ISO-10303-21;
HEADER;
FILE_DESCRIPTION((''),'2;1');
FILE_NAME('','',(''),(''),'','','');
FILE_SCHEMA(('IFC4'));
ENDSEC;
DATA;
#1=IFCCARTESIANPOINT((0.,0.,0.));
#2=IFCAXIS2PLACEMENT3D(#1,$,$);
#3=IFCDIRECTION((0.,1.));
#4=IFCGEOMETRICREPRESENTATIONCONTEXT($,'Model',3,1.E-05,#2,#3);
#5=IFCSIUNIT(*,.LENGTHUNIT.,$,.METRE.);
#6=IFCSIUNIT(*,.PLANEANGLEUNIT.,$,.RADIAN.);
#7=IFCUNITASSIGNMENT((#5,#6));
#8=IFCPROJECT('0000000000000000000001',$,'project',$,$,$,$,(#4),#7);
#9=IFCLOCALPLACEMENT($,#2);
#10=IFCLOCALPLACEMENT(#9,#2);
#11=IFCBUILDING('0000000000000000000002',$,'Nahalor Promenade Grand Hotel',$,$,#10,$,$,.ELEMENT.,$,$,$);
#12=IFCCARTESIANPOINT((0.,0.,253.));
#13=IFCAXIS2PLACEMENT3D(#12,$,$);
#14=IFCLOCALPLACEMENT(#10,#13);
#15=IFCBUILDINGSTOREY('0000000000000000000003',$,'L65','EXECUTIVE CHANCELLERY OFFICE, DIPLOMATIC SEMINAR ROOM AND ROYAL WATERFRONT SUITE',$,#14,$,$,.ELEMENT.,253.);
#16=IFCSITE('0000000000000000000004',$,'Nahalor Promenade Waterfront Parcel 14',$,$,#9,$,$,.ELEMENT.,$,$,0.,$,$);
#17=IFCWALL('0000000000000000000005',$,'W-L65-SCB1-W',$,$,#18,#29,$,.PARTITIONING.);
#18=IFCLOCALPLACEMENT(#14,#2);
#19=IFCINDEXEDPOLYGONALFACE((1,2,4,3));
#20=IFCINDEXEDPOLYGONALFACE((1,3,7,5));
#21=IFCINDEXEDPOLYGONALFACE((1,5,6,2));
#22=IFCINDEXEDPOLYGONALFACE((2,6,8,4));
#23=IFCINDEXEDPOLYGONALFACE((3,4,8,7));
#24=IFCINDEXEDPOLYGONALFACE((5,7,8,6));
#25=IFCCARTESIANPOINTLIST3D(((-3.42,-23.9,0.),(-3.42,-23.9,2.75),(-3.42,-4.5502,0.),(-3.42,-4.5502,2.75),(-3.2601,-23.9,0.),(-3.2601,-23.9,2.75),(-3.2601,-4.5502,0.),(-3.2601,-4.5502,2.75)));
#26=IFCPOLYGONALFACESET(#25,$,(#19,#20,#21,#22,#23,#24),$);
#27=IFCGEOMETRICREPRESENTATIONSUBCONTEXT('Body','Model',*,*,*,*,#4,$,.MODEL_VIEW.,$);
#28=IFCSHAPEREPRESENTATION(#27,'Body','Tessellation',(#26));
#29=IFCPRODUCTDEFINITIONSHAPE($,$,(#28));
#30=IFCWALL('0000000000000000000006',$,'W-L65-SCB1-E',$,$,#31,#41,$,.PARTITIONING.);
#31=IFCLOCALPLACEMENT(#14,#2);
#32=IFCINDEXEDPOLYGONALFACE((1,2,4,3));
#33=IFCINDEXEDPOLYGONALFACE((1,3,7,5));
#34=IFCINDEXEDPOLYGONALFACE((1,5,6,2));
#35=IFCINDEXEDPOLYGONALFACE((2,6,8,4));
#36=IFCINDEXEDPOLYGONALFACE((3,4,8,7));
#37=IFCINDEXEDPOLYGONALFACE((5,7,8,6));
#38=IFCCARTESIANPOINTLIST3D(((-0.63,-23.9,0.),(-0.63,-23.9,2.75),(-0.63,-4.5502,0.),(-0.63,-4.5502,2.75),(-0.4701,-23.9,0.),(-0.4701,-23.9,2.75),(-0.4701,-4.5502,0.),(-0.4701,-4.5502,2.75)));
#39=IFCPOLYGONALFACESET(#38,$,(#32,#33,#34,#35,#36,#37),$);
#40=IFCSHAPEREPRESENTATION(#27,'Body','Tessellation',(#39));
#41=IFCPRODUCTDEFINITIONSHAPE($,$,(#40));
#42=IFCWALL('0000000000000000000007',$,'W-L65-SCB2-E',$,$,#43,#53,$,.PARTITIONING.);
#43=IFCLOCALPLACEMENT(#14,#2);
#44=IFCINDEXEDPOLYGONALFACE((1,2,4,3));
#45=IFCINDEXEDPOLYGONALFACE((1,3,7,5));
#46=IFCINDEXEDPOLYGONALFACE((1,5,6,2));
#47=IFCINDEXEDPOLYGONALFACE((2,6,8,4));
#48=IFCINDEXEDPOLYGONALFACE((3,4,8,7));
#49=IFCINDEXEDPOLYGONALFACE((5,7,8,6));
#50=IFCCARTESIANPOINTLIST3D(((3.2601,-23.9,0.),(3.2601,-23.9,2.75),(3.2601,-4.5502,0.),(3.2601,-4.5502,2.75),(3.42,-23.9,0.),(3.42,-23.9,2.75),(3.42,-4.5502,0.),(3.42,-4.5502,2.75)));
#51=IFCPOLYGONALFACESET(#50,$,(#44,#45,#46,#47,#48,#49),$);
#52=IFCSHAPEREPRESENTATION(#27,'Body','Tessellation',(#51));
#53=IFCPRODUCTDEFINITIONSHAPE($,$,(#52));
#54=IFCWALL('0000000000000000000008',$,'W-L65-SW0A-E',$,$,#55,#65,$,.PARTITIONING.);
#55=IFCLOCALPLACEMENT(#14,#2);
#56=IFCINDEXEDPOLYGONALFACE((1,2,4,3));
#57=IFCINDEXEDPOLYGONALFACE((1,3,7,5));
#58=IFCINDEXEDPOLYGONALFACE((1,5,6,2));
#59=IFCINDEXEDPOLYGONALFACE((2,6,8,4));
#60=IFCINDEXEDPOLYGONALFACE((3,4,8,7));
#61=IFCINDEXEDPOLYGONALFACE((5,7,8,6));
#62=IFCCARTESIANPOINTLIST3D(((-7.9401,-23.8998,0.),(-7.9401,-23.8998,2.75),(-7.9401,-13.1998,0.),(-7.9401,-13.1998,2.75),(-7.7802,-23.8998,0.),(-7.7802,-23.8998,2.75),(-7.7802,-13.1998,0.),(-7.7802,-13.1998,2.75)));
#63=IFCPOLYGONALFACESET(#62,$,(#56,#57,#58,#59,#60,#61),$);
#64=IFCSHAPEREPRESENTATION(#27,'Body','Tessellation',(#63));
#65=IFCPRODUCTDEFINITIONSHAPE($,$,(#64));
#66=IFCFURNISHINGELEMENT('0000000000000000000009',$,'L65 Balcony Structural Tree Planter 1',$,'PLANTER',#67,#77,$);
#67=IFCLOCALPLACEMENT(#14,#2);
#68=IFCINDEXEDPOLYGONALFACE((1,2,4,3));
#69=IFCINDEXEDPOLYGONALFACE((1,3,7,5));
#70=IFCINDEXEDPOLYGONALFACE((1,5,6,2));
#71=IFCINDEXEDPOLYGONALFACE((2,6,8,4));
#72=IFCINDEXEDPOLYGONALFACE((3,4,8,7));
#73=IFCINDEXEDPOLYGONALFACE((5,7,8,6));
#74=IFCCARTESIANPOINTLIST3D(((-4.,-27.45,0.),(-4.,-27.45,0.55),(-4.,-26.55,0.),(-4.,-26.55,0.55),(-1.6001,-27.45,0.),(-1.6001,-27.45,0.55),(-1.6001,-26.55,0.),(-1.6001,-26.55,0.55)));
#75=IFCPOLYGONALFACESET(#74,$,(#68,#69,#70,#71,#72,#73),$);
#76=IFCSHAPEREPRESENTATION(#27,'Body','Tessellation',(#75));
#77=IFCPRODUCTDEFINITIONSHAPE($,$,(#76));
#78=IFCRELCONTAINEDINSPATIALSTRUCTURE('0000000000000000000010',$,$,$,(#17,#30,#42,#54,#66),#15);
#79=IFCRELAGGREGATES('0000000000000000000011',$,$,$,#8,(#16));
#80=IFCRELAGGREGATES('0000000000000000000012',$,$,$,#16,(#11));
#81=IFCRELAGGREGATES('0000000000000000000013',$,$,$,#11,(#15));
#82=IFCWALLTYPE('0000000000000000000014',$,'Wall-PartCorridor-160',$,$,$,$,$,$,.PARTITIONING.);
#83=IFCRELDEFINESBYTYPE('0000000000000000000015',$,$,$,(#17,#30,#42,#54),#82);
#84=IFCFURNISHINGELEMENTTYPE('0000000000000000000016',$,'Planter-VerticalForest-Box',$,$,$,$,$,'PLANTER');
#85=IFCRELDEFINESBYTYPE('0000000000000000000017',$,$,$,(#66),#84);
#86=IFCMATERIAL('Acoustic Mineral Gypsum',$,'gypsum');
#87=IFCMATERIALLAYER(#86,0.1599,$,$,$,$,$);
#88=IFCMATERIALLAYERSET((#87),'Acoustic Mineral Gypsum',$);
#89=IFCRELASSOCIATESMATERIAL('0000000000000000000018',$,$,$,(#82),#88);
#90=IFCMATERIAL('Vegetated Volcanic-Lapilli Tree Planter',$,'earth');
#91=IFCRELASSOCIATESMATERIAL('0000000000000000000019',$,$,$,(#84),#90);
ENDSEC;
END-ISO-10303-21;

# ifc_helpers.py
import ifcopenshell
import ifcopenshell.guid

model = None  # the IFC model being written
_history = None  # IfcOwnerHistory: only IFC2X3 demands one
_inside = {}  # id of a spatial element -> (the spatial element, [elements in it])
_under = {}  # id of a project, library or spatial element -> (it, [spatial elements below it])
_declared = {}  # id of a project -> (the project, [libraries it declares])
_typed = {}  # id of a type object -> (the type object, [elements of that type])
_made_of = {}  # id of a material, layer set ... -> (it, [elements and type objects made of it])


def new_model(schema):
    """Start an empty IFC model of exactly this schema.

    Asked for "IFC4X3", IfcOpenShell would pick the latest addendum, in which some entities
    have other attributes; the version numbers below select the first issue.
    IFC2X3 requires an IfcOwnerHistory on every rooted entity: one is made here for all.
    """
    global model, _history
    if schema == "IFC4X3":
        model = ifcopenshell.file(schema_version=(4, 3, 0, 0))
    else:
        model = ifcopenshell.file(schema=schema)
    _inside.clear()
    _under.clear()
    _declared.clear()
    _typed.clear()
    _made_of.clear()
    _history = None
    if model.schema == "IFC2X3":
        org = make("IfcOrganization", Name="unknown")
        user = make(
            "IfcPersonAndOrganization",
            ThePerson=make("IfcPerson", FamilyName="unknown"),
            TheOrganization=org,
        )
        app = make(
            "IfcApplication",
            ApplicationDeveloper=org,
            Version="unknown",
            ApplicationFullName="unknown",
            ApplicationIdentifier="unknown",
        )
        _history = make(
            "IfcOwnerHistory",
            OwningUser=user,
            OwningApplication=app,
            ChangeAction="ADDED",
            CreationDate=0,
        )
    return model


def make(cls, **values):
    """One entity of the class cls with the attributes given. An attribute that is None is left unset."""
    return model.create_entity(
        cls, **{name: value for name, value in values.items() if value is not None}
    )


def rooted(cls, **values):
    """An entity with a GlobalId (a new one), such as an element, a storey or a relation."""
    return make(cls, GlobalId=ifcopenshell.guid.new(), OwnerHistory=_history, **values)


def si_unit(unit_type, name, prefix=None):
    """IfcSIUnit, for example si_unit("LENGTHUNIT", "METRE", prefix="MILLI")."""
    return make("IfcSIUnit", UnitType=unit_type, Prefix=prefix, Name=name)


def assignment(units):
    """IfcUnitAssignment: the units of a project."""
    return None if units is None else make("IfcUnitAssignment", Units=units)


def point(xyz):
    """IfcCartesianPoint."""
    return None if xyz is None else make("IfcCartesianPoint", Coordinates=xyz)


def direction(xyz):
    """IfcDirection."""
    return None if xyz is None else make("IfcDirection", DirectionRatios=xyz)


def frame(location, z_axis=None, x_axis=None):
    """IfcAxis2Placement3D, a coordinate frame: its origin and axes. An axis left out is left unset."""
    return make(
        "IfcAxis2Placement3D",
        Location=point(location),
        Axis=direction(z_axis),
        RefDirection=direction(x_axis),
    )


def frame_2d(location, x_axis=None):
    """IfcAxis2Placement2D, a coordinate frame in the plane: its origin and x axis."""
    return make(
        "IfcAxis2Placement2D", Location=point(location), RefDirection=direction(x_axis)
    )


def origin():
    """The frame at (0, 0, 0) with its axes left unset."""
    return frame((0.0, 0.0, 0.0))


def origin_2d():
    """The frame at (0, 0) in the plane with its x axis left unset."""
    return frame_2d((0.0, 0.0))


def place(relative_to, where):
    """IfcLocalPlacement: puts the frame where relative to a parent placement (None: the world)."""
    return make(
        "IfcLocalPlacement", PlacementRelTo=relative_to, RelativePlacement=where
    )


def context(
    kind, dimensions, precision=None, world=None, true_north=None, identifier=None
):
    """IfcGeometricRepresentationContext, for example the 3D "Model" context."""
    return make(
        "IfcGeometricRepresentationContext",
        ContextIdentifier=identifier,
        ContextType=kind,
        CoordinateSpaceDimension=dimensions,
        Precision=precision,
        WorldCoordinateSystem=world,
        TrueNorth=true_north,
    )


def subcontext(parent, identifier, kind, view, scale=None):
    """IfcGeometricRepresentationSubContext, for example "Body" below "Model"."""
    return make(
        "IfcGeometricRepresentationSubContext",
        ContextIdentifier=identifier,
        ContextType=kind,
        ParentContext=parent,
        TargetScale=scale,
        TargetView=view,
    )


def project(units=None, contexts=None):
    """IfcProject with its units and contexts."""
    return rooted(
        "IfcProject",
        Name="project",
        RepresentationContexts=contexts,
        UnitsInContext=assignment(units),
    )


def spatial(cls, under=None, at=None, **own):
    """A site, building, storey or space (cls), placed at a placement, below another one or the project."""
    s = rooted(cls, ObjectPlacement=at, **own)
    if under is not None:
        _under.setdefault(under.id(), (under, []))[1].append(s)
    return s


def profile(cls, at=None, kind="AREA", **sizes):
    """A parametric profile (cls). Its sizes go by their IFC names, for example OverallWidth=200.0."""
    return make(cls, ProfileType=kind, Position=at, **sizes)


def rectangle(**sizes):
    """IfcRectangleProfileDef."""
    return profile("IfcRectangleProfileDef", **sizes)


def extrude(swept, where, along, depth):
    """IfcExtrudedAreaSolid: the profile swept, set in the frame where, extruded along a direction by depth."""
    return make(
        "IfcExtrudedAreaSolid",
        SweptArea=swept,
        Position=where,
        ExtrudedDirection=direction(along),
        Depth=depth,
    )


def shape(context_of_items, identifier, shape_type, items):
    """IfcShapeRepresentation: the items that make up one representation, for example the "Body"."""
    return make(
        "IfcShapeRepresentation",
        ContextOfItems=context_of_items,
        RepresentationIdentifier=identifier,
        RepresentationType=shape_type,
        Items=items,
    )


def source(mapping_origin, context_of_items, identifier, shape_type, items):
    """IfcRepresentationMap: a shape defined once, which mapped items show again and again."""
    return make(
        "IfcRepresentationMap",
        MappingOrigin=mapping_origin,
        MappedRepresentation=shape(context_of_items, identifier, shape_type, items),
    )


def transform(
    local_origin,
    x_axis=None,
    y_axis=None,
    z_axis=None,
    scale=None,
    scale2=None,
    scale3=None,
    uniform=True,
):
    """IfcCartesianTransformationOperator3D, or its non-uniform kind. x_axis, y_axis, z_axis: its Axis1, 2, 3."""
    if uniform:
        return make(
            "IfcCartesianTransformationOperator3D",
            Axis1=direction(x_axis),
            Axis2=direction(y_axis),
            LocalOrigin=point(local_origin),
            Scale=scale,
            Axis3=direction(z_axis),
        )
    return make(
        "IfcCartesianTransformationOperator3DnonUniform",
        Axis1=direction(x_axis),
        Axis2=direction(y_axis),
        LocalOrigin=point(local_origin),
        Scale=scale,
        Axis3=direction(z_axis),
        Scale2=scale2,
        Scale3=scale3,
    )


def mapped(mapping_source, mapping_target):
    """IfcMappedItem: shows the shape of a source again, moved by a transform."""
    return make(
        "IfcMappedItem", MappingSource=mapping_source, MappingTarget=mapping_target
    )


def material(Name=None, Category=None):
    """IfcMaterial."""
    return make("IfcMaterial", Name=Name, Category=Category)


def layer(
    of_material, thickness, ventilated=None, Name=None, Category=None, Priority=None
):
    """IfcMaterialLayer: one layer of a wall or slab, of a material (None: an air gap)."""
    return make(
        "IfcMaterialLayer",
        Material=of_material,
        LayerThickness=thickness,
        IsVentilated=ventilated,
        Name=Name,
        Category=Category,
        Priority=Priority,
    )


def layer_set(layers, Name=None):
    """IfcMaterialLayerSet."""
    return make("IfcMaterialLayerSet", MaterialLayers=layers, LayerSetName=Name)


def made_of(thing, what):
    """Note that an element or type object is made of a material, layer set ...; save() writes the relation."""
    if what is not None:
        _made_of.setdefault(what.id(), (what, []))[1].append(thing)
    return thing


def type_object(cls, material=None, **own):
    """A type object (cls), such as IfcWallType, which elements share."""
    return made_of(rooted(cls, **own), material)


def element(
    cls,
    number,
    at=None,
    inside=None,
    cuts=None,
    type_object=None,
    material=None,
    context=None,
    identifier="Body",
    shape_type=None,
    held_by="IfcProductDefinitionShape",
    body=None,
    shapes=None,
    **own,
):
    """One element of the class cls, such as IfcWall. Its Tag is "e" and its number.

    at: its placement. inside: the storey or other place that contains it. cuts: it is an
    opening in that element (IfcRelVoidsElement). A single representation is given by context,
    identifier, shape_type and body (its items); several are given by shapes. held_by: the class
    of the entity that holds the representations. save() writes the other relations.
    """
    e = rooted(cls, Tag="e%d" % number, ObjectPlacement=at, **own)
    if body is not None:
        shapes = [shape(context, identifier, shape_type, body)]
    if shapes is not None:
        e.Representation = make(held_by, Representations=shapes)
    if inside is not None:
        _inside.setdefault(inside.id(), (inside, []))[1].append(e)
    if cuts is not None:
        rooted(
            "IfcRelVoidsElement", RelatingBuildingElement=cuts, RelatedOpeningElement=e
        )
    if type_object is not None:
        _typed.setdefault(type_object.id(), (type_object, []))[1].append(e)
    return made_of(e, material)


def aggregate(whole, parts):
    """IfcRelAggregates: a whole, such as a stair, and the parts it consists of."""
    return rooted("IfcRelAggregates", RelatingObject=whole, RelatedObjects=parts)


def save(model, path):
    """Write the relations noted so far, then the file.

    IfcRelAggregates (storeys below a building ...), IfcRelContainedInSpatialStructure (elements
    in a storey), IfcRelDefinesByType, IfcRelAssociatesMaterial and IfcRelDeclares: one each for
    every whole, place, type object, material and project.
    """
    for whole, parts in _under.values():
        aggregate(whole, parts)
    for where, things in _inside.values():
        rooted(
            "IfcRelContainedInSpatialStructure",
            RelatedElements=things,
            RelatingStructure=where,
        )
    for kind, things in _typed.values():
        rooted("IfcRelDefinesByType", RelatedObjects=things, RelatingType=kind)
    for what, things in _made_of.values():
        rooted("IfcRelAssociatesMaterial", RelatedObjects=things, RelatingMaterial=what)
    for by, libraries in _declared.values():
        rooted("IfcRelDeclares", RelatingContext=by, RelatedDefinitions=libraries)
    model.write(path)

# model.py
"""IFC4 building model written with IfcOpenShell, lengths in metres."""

from ifc_helpers import new_model, si_unit, direction, frame, frame_2d, origin, origin_2d, place, context, subcontext, project, spatial, rectangle, extrude, source, transform, mapped, material, layer, layer_set, type_object, element, save


model = new_model("IFC4")

# Units and contexts
model_context = context("Model", 3, precision=1e-05, world=origin(), true_north=direction((0.0, 1.0)))
body_context = subcontext(model_context, "Body", "Model", "MODEL_VIEW")
ifc_project = project(units=[si_unit("LENGTHUNIT", "METRE"), si_unit("PLANEANGLEUNIT", "RADIAN")], contexts=[model_context])

# Site, building, storey
site_placement = place(None, origin())
site = spatial("IfcSite", under=ifc_project, at=site_placement, Name="Nahalor Promenade Waterfront Parcel 14", CompositionType="ELEMENT", RefElevation=0.0)
building_placement = place(site_placement, origin())
building = spatial("IfcBuilding", under=site, at=building_placement, Name="Nahalor Promenade Grand Hotel", CompositionType="ELEMENT")
storey_placement = place(building_placement, frame((0.0, 0.0, 253.0)))
storey = spatial("IfcBuildingStorey", under=building, at=storey_placement, Name="L65", Description="EXECUTIVE CHANCELLERY OFFICE, DIPLOMATIC SEMINAR ROOM AND ROYAL WATERFRONT SUITE", CompositionType="ELEMENT", Elevation=253.0)

# Walls
ifc_material_1 = material(Name="Acoustic Mineral Gypsum", Category="gypsum")
ifc_layer = layer(ifc_material_1, 0.1599)
ifc_layer_set = layer_set([ifc_layer], Name="Acoustic Mineral Gypsum")
wall_type = type_object("IfcWallType", Name="Wall-PartCorridor-160", PredefinedType="PARTITIONING", material=ifc_layer_set)
shared_shape_1 = source(origin(), body_context, "Body", "SweptSolid", [
    extrude(rectangle(XDim=19.3499, YDim=0.1599, at=frame_2d((9.6748, 0.0))), origin(), (0.0, 0.0, 1.0), 2.75),
])
for number, where, z_axis, x_axis, name in (
    (1, (-3.3401, -23.8999, 0.0), (0.0, 0.0, 1.0), (0.0, 1.0, 0.0), "W-L65-SCB1-W"),
    (2, (-0.55, -23.8999, 0.0), (0.0, 0.0, 1.0), (0.0, 1.0, 0.0), "W-L65-SCB1-E"),
    (3, (3.3401, -23.8999, 0.0), (0.0, 0.0, 1.0), (0.0, 1.0, 0.0), "W-L65-SCB2-E"),
):
    element("IfcWall", number, at=place(storey_placement, frame(where, z_axis=z_axis, x_axis=x_axis)), inside=storey, type_object=wall_type, Name=name, PredefinedType="PARTITIONING", context=body_context, shape_type="MappedRepresentation", body=[
        mapped(shared_shape_1, transform((0.0, 0.0, 0.0), scale=1.0)),
    ])
shared_shape_2 = source(origin(), body_context, "Body", "SweptSolid", [
    extrude(rectangle(XDim=10.7, YDim=0.1599, at=frame_2d((5.3501, 0.0))), origin(), (0.0, 0.0, 1.0), 2.75),
])
wall_placement = place(storey_placement, frame((-7.8601, -23.8999, 0.0), z_axis=(0.0, 0.0, 1.0), x_axis=(0.0, 1.0, 0.0)))
element("IfcWall", 4, at=wall_placement, inside=storey, type_object=wall_type, Name="W-L65-SW0A-E", PredefinedType="PARTITIONING", context=body_context, shape_type="MappedRepresentation", body=[
    mapped(shared_shape_2, transform((0.0, 0.0, 0.0), scale=1.0)),
])

# Furnishing element
ifc_material_2 = material(Name="Vegetated Volcanic-Lapilli Tree Planter", Category="earth")
furnishing_element_type = type_object("IfcFurnishingElementType", Name="Planter-VerticalForest-Box", ElementType="PLANTER", material=ifc_material_2)
shared_shape_3 = source(origin(), body_context, "Body", "SweptSolid", [
    extrude(rectangle(XDim=2.3999, YDim=0.8999, at=origin_2d()), origin(), (0.0, 0.0, 1.0), 0.55),
])
furnishing_placement = place(storey_placement, frame((-2.8, -27.0, 0.0), z_axis=(0.0, 0.0, 1.0), x_axis=(1.0, 0.0, 0.0)))
element("IfcFurnishingElement", 5, at=furnishing_placement, inside=storey, type_object=furnishing_element_type, Name="L65 Balcony Structural Tree Planter 1", ObjectType="PLANTER", context=body_context, shape_type="MappedRepresentation", body=[
    mapped(shared_shape_3, transform((0.0, 0.0, 0.0), scale=1.0)),
])

save(model, "model.ifc")
